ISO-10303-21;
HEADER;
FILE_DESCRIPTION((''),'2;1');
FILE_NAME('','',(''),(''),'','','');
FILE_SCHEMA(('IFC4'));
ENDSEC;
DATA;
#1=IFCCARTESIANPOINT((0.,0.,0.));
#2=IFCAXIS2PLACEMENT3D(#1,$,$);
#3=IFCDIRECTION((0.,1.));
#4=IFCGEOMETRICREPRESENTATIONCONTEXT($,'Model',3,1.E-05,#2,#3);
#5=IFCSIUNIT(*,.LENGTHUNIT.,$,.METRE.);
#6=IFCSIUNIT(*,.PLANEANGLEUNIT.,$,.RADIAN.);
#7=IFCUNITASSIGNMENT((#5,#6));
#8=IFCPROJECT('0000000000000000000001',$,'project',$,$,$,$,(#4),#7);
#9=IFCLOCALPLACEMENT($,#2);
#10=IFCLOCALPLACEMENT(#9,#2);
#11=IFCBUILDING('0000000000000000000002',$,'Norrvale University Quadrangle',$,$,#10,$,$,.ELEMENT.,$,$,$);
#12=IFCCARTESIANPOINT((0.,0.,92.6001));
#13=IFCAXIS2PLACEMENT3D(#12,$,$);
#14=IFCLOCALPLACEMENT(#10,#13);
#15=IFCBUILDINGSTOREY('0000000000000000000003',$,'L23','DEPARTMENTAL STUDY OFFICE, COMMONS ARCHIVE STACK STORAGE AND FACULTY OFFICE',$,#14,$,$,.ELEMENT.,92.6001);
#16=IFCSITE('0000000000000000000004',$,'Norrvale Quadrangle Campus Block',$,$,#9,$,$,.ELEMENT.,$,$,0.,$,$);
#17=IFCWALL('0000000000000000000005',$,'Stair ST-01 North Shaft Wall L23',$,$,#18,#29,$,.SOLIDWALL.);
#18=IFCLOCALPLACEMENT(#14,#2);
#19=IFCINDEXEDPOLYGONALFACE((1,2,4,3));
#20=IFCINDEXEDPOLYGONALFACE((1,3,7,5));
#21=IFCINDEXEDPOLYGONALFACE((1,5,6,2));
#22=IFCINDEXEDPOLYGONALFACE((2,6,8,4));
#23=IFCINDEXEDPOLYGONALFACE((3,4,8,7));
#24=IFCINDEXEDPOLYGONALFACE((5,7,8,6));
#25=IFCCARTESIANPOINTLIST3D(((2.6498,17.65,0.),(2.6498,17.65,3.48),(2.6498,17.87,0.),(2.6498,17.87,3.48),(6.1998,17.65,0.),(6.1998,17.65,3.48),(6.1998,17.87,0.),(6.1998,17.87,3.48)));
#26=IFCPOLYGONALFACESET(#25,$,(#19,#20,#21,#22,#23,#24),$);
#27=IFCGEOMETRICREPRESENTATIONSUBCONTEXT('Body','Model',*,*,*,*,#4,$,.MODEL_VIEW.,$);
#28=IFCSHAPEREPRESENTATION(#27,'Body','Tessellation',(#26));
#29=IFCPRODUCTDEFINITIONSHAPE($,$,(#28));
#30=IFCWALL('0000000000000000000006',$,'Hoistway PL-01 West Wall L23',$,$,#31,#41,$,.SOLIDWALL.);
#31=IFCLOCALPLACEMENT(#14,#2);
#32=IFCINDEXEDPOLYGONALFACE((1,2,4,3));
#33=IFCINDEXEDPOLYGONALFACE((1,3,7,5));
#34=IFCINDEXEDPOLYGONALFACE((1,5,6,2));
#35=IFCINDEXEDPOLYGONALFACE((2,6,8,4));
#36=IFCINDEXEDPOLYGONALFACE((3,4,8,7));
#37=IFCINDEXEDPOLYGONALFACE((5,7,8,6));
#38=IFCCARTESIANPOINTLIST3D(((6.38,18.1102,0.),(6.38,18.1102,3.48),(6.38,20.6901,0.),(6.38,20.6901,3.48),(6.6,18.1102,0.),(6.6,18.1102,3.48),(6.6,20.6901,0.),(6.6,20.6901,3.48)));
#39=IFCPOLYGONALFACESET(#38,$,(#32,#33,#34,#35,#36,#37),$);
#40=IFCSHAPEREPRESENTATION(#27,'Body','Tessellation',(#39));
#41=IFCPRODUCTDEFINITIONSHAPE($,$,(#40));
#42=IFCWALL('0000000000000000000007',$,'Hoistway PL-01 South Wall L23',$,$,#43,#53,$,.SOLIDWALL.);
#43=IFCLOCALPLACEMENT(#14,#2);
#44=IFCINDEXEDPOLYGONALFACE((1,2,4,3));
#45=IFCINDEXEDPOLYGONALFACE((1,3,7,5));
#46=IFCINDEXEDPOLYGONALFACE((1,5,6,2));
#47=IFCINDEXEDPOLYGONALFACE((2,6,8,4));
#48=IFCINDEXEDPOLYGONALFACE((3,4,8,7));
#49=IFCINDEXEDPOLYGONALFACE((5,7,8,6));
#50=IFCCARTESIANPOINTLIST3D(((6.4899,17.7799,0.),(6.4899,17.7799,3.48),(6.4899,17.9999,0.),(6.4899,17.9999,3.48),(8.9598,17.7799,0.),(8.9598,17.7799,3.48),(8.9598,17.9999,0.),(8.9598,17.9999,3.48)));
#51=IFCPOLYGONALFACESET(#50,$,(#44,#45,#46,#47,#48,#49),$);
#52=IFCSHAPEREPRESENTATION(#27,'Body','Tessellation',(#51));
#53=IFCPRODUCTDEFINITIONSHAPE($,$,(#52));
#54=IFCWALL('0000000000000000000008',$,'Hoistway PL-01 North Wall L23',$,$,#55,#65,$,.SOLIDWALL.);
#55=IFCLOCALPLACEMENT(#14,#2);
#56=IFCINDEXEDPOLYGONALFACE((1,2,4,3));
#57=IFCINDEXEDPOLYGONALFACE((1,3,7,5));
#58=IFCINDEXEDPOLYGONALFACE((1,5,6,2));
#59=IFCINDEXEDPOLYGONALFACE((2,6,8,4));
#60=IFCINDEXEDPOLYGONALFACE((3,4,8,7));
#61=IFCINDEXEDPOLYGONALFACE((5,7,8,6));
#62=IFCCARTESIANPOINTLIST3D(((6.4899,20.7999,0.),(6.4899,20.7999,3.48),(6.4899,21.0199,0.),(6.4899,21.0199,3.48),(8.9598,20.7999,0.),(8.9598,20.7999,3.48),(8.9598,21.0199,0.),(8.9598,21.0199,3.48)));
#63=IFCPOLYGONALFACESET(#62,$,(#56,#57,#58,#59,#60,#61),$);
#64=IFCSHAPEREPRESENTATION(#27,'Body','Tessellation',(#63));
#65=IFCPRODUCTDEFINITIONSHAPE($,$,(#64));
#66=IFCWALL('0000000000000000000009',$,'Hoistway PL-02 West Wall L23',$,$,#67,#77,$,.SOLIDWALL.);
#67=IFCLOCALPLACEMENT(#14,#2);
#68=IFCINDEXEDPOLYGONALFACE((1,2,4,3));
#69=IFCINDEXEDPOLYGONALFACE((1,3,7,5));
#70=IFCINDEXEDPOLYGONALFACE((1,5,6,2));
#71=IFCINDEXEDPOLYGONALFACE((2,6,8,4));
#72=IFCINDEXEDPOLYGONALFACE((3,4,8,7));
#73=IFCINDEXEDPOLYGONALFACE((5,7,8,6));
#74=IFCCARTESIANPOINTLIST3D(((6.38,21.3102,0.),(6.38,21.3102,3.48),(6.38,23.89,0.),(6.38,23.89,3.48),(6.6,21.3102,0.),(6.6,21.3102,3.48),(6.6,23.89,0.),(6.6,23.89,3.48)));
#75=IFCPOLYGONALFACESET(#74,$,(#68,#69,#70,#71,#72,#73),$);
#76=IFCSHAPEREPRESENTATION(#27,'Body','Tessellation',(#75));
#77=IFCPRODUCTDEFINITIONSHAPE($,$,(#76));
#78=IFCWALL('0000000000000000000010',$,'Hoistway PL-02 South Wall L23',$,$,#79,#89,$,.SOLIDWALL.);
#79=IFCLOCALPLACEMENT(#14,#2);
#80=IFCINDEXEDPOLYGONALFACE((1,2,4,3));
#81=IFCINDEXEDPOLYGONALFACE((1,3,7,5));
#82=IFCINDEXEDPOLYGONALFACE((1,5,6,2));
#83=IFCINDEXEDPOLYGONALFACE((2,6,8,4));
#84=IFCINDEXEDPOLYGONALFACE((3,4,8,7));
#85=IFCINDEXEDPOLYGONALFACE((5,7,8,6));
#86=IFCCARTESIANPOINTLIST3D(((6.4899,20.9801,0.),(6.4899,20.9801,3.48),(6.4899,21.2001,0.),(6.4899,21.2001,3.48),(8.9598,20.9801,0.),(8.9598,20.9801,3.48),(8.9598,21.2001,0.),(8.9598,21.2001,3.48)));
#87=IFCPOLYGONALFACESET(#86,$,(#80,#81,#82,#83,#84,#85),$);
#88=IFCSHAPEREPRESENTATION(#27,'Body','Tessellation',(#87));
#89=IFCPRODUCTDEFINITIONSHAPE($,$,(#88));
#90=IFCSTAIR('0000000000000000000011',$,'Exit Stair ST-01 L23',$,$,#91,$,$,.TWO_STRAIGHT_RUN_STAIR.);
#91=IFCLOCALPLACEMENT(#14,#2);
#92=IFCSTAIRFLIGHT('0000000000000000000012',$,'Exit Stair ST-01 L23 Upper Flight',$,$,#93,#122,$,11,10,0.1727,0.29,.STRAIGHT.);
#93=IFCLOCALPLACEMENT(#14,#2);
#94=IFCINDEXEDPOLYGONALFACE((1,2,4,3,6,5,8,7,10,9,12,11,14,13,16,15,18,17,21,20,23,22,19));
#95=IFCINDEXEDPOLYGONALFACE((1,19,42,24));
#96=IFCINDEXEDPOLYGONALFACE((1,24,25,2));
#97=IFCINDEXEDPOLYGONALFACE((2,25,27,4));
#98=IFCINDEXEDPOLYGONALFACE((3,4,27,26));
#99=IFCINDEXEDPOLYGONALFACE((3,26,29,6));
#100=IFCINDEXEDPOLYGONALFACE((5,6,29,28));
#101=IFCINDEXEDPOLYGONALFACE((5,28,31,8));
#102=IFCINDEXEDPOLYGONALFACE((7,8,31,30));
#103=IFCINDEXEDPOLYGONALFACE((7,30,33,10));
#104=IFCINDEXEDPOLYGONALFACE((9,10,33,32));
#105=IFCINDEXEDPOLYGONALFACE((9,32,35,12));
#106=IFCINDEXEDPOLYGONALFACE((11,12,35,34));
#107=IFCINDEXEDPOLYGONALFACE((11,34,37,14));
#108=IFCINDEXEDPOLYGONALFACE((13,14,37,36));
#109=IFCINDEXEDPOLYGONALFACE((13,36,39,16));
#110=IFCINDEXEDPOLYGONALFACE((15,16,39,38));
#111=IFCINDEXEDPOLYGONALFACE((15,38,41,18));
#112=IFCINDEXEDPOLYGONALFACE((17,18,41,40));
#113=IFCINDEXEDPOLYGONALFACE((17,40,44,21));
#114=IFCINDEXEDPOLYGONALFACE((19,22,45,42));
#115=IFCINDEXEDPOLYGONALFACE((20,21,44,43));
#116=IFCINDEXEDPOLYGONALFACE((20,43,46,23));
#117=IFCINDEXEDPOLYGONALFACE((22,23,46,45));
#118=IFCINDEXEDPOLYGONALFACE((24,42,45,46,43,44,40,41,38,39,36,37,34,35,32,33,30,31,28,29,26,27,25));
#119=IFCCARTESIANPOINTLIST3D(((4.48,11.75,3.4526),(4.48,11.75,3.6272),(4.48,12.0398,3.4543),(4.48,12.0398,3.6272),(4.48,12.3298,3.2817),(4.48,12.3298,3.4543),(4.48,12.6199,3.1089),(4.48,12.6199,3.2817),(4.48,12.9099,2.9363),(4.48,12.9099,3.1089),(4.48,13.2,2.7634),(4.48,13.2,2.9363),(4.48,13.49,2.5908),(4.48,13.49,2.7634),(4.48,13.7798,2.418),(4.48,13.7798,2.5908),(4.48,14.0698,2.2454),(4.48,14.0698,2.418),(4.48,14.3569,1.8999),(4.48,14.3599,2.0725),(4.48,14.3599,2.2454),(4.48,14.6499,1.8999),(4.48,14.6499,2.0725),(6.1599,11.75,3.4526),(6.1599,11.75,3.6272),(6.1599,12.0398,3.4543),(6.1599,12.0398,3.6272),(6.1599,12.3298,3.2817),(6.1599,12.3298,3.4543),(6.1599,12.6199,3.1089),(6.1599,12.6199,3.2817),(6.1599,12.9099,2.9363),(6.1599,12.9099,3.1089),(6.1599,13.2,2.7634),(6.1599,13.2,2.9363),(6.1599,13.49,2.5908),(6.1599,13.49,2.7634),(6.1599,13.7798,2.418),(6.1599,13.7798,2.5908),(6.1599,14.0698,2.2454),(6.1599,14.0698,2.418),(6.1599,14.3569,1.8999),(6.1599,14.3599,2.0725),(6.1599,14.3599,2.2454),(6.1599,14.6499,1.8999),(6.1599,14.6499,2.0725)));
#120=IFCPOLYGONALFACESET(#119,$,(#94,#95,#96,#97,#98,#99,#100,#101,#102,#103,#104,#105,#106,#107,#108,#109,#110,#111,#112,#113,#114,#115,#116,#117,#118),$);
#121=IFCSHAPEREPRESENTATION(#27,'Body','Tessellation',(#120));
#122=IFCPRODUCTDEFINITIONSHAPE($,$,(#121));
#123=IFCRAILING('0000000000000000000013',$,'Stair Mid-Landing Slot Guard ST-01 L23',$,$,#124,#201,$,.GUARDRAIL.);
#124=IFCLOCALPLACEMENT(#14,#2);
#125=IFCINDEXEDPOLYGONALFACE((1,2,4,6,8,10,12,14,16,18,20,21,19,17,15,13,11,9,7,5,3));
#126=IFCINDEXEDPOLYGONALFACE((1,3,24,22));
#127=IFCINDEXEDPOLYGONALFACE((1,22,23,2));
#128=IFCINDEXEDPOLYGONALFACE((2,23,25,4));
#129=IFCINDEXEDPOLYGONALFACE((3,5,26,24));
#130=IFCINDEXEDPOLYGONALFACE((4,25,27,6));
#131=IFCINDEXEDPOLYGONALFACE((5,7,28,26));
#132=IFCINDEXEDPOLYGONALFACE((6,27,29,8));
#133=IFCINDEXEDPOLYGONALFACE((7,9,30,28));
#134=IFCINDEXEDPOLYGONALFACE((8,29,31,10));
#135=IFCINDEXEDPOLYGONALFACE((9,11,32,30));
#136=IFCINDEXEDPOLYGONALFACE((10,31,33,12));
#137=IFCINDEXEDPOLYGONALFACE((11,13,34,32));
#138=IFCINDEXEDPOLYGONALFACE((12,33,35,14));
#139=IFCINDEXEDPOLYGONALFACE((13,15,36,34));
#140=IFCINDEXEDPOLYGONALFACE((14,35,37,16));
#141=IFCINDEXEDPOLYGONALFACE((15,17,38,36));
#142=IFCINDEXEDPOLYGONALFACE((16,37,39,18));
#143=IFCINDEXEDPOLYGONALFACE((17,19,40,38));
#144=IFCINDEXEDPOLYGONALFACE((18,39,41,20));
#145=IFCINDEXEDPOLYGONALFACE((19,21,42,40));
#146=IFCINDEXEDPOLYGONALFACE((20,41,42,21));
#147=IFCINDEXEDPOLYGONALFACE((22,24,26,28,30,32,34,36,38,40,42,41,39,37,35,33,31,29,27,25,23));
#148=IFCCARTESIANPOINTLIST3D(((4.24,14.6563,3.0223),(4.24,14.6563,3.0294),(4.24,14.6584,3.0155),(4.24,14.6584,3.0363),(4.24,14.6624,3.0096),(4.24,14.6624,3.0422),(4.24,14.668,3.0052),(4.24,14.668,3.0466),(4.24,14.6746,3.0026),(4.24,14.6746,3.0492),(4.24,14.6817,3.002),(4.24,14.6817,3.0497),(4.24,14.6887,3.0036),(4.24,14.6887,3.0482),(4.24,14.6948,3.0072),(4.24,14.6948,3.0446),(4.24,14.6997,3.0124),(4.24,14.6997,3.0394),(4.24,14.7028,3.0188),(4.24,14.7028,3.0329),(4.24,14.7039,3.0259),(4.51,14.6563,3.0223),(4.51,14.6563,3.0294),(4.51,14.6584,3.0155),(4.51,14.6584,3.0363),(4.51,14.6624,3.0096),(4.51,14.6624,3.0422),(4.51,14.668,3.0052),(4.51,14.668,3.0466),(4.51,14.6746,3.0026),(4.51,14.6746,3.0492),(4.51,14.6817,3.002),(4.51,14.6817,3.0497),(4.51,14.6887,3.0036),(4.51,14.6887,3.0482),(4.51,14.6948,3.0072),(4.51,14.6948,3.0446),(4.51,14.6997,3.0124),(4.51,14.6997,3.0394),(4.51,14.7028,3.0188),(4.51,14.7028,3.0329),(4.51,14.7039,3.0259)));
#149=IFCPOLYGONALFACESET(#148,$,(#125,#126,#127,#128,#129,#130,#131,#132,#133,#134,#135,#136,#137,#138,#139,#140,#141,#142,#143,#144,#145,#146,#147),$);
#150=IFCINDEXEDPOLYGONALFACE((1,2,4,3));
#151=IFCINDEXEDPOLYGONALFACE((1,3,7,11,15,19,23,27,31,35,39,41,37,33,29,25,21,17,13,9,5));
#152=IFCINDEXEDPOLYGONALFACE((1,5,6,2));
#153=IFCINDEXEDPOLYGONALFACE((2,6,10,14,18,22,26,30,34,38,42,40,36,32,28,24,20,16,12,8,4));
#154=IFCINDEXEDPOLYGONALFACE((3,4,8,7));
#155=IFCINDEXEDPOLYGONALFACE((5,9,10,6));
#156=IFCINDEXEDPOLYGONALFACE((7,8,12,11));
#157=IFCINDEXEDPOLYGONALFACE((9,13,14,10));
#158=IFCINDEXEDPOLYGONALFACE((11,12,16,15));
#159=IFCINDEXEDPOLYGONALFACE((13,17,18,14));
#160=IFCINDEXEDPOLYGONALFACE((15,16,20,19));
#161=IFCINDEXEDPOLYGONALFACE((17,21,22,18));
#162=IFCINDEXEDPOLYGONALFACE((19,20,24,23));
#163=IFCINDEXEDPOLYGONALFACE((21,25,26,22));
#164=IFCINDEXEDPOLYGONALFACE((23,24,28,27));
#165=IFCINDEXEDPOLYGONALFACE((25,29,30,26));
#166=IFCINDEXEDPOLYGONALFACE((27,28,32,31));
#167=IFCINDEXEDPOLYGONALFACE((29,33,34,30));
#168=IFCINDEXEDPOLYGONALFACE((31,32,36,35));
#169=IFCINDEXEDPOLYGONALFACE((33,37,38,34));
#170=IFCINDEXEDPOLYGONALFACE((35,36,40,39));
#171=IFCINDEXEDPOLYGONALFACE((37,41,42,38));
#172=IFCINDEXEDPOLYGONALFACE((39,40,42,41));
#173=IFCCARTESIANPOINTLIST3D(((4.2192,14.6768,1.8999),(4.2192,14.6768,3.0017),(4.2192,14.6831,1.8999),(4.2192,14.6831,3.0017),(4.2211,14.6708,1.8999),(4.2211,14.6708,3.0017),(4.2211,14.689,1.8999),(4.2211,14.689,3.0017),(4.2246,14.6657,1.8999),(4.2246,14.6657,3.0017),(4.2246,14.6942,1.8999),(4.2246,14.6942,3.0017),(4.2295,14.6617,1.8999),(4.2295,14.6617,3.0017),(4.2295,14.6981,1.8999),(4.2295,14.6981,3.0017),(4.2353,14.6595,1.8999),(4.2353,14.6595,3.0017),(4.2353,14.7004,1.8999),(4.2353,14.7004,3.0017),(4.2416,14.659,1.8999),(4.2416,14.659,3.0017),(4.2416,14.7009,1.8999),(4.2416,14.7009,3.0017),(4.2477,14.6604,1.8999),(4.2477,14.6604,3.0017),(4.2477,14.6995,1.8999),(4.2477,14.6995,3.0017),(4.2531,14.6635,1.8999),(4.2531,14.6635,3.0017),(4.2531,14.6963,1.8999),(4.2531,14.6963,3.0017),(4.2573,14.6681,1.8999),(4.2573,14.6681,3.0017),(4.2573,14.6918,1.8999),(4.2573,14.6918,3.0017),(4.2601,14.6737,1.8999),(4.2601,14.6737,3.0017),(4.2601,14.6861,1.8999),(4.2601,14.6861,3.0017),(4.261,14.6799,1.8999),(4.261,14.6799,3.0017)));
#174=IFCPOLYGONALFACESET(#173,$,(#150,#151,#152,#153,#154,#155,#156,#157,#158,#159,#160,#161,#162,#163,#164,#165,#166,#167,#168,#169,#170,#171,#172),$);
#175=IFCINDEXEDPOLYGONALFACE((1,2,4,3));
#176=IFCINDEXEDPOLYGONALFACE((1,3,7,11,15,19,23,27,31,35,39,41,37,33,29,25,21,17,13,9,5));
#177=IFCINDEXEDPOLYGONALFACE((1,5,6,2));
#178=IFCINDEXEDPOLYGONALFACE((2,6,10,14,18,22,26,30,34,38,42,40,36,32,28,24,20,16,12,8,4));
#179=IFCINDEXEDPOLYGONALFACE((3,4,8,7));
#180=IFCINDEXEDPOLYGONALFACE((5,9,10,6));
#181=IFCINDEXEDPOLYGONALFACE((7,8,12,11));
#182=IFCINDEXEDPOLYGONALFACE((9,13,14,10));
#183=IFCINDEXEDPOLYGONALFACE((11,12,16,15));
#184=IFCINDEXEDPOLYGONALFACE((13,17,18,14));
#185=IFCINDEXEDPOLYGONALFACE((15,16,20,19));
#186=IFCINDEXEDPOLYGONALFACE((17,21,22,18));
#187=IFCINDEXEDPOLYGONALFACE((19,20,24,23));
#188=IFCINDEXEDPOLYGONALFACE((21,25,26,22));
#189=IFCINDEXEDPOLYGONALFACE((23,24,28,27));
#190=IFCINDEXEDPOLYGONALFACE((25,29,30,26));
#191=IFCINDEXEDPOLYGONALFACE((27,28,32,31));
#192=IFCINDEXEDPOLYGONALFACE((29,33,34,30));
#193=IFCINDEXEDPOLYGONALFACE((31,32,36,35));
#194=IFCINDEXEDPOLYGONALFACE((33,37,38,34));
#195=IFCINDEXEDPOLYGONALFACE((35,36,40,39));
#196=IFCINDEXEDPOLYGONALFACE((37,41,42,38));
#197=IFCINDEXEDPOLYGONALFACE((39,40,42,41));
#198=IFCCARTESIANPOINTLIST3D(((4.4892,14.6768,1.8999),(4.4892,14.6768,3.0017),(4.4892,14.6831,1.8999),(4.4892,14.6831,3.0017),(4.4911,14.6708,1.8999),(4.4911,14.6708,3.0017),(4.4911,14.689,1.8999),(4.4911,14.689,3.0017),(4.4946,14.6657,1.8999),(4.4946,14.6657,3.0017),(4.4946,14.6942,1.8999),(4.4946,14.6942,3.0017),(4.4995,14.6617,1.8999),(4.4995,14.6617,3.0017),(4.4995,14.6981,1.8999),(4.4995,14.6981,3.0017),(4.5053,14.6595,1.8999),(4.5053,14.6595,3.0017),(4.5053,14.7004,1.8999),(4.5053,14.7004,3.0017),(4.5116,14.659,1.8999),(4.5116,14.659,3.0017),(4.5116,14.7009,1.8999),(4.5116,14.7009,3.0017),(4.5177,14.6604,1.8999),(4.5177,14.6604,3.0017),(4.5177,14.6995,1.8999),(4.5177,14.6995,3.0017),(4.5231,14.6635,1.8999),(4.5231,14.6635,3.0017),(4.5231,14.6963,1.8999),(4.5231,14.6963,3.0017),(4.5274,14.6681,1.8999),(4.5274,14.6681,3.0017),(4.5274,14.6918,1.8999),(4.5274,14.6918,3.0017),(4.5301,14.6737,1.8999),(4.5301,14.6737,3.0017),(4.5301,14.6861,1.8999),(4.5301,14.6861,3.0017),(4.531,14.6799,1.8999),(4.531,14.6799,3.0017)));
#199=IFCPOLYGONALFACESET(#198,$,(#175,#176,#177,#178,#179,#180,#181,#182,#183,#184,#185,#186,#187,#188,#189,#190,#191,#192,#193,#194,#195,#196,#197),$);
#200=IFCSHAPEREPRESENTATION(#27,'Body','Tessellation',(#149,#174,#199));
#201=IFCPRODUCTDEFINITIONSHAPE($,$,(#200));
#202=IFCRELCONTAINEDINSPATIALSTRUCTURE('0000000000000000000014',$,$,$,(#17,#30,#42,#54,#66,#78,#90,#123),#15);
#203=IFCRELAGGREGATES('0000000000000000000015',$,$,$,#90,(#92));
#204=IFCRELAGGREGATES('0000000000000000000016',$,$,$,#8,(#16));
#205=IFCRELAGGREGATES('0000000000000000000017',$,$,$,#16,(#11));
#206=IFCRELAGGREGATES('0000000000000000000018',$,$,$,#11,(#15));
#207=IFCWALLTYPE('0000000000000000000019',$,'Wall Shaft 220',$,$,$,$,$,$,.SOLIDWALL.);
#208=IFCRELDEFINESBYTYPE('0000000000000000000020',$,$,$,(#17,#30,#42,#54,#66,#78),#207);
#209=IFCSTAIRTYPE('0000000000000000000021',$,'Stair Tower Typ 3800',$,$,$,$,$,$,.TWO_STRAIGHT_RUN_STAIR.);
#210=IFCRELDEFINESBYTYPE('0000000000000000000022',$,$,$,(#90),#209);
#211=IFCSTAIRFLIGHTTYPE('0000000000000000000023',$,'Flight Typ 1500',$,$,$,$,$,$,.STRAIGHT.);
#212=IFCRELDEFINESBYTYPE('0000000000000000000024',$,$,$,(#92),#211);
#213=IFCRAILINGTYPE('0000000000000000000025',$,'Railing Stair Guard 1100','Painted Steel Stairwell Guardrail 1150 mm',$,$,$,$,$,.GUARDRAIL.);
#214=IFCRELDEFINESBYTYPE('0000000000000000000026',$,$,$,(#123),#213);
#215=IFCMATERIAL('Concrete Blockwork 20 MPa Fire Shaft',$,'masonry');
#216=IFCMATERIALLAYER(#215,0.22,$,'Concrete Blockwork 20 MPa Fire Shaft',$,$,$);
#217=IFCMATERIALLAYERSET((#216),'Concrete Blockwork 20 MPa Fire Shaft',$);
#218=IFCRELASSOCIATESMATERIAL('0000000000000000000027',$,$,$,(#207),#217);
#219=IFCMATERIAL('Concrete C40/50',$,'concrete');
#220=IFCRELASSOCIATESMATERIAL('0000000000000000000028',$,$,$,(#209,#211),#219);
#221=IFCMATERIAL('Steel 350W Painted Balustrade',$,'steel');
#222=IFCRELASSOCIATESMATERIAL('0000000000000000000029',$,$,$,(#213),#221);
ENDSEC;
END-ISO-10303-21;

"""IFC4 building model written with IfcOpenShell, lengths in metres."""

from ifc_helpers import new_model, si_unit, direction, frame, frame_2d, origin, origin_2d, place, context, subcontext, project, spatial, polyline, rectangle, circle, outline, extrude, material, layer, layer_set, type_object, element, aggregate, save


model = new_model("IFC4")

# Units and contexts
model_context = context("Model", 3, precision=1e-05, world=origin(), true_north=direction((0.0, 1.0)))
body_context = subcontext(model_context, "Body", "Model", "MODEL_VIEW")
ifc_project = project(units=[si_unit("LENGTHUNIT", "METRE"), si_unit("PLANEANGLEUNIT", "RADIAN")], contexts=[model_context])

# Site, building, storey
site_placement = place(None, origin())
site = spatial("IfcSite", under=ifc_project, at=site_placement, Name="Norrvale Quadrangle Campus Block", CompositionType="ELEMENT", RefElevation=0.0)
building_placement = place(site_placement, origin())
building = spatial("IfcBuilding", under=site, at=building_placement, Name="Norrvale University Quadrangle", CompositionType="ELEMENT")
storey_placement = place(building_placement, frame((0.0, 0.0, 92.6001)))
storey = spatial("IfcBuildingStorey", under=building, at=storey_placement, Name="L23", Description="DEPARTMENTAL STUDY OFFICE, COMMONS ARCHIVE STACK STORAGE AND FACULTY OFFICE", CompositionType="ELEMENT", Elevation=92.6001)

# Walls
ifc_material_1 = material(Name="Concrete Blockwork 20 MPa Fire Shaft", Category="masonry")
ifc_layer_1 = layer(ifc_material_1, 0.22, Name="Concrete Blockwork 20 MPa Fire Shaft")
ifc_layer_set_1 = layer_set([ifc_layer_1], Name="Concrete Blockwork 20 MPa Fire Shaft")
wall_type_1 = type_object("IfcWallType", Name="Wall Shaft 220", PredefinedType="SOLIDWALL", material=ifc_layer_set_1)
wall_1_placement = place(storey_placement, frame((2.6499, 17.76, 0.0), z_axis=(0.0, 0.0, 1.0), x_axis=(1.0, 0.0, 0.0)))
element("IfcWall", 1, at=wall_1_placement, inside=storey, type_object=wall_type_1, Name="Stair ST-01 North Shaft Wall L23", PredefinedType="SOLIDWALL", context=body_context, shape_type="SweptSolid", body=[
    extrude(rectangle(XDim=3.55, YDim=0.22, at=frame_2d((1.7749, 0.0))), origin(), (0.0, 0.0, 1.0), 3.48),
])
wall_2_placement = place(storey_placement, frame((6.49, 18.1101, 0.0), z_axis=(0.0, 0.0, 1.0), x_axis=(0.0, 1.0, 0.0)))
element("IfcWall", 2, at=wall_2_placement, inside=storey, type_object=wall_type_1, Name="Hoistway PL-01 West Wall L23", PredefinedType="SOLIDWALL", context=body_context, shape_type="SweptSolid", body=[
    extrude(rectangle(XDim=2.5798, YDim=0.22, at=frame_2d((1.29, 0.0))), origin(), (0.0, 0.0, 1.0), 3.48),
])
for number, where, z_axis, x_axis, name in (
    (3, (6.49, 17.8899, 0.0), (0.0, 0.0, 1.0), (1.0, 0.0, 0.0), "Hoistway PL-01 South Wall L23"),
    (4, (6.49, 20.9099, 0.0), (0.0, 0.0, 1.0), (1.0, 0.0, 0.0), "Hoistway PL-01 North Wall L23"),
):
    element("IfcWall", number, at=place(storey_placement, frame(where, z_axis=z_axis, x_axis=x_axis)), inside=storey, type_object=wall_type_1, Name=name, PredefinedType="SOLIDWALL", context=body_context, shape_type="SweptSolid", body=[
        extrude(rectangle(XDim=2.47, YDim=0.22, at=frame_2d((1.2349, 0.0))), origin(), (0.0, 0.0, 1.0), 3.48),
    ])
wall_3_placement = place(storey_placement, frame((6.49, 21.3101, 0.0), z_axis=(0.0, 0.0, 1.0), x_axis=(0.0, 1.0, 0.0)))
element("IfcWall", 5, at=wall_3_placement, inside=storey, type_object=wall_type_1, Name="Hoistway PL-02 West Wall L23", PredefinedType="SOLIDWALL", context=body_context, shape_type="SweptSolid", body=[
    extrude(rectangle(XDim=2.5798, YDim=0.22, at=frame_2d((1.29, 0.0))), origin(), (0.0, 0.0, 1.0), 3.48),
])
wall_4_placement = place(storey_placement, frame((6.49, 21.0901, 0.0), z_axis=(0.0, 0.0, 1.0), x_axis=(1.0, 0.0, 0.0)))
element("IfcWall", 6, at=wall_4_placement, inside=storey, type_object=wall_type_1, Name="Hoistway PL-02 South Wall L23", PredefinedType="SOLIDWALL", context=body_context, shape_type="SweptSolid", body=[
    extrude(rectangle(XDim=2.47, YDim=0.22, at=frame_2d((1.2349, 0.0))), origin(), (0.0, 0.0, 1.0), 3.48),
])

# Stair, stair flight
ifc_material_2 = material(Name="Concrete C40/50", Category="concrete")
stair_type = type_object("IfcStairType", Name="Stair Tower Typ 3800", PredefinedType="TWO_STRAIGHT_RUN_STAIR", material=ifc_material_2)
stair_placement = place(storey_placement, origin())
stair = element("IfcStair", 7, at=stair_placement, inside=storey, type_object=stair_type, Name="Exit Stair ST-01 L23", PredefinedType="TWO_STRAIGHT_RUN_STAIR")
stair_flight_type = type_object("IfcStairFlightType", Name="Flight Typ 1500", PredefinedType="STRAIGHT", material=ifc_material_2)
stair_flight_placement = place(storey_placement, frame((5.3201, 14.6499, 1.8999), z_axis=(0.0, 0.0, 1.0), x_axis=(0.0, -1.0, 0.0)))
stair_flight = element("IfcStairFlight", 8, at=stair_flight_placement, type_object=stair_flight_type, Name="Exit Stair ST-01 L23 Upper Flight", NumberOfRisers=11, NumberOfTreads=10, PredefinedType="STRAIGHT", RiserHeight=0.1727, TreadLength=0.29, context=body_context, shape_type="SweptSolid", body=[
    extrude(outline(polyline([(0.0, 0.0), (0.0, 0.1726), (0.29, 0.1726), (0.29, 0.3455), (0.5801, 0.3455), (0.5801, 0.5181), (0.8701, 0.5181), (0.8701, 0.6909), (1.1599, 0.6909), (1.1599, 0.8635), (1.45, 0.8635), (1.45, 1.0364), (1.74, 1.0364), (1.74, 1.209), (2.03, 1.209), (2.03, 1.3818), (2.3201, 1.3818), (2.3201, 1.5544), (2.6101, 1.5544), (2.6101, 1.7273), (2.8999, 1.7273), (2.8999, 1.8999), (2.8999, 1.5527), (0.293, 0.0), (0.0, 0.0)])), frame((0.0, 0.8398, 0.0), z_axis=(0.0, -1.0, 0.0), x_axis=(1.0, 0.0, 0.0)), (0.0, 0.0, 1.0), 1.6799),
])
aggregate(stair, [stair_flight])

# Railing
ifc_material_3 = material(Name="Steel 350W Painted Balustrade", Category="steel")
railing_type_1 = type_object("IfcRailingType", Name="Railing Stair Guard 1100", Description="Painted Steel Stairwell Guardrail 1150 mm", PredefinedType="GUARDRAIL", material=ifc_material_3)
railing_1_placement = place(storey_placement, frame((4.24, 14.6799, 1.8999)))
element("IfcRailing", 9, at=railing_1_placement, inside=storey, type_object=railing_type_1, Name="Stair Mid-Landing Slot Guard ST-01 L23", PredefinedType="GUARDRAIL", context=body_context, shape_type="SweptSolid", body=[
    extrude(circle(Radius=0.0239, at=origin_2d()), frame((0.0, 0.0, 1.126), z_axis=(1.0, 0.0, 0.0), x_axis=(0.0, 1.0, 0.0)), (0.0, 0.0, 1.0), 0.27),
    extrude(circle(Radius=0.021, at=origin_2d()), origin(), (0.0, 0.0, 1.0), 1.1018),
    extrude(circle(Radius=0.021, at=origin_2d()), frame((0.27, 0.0, 0.0)), (0.0, 0.0, 1.0), 1.1018),
])

save(model, "model.ifc")
